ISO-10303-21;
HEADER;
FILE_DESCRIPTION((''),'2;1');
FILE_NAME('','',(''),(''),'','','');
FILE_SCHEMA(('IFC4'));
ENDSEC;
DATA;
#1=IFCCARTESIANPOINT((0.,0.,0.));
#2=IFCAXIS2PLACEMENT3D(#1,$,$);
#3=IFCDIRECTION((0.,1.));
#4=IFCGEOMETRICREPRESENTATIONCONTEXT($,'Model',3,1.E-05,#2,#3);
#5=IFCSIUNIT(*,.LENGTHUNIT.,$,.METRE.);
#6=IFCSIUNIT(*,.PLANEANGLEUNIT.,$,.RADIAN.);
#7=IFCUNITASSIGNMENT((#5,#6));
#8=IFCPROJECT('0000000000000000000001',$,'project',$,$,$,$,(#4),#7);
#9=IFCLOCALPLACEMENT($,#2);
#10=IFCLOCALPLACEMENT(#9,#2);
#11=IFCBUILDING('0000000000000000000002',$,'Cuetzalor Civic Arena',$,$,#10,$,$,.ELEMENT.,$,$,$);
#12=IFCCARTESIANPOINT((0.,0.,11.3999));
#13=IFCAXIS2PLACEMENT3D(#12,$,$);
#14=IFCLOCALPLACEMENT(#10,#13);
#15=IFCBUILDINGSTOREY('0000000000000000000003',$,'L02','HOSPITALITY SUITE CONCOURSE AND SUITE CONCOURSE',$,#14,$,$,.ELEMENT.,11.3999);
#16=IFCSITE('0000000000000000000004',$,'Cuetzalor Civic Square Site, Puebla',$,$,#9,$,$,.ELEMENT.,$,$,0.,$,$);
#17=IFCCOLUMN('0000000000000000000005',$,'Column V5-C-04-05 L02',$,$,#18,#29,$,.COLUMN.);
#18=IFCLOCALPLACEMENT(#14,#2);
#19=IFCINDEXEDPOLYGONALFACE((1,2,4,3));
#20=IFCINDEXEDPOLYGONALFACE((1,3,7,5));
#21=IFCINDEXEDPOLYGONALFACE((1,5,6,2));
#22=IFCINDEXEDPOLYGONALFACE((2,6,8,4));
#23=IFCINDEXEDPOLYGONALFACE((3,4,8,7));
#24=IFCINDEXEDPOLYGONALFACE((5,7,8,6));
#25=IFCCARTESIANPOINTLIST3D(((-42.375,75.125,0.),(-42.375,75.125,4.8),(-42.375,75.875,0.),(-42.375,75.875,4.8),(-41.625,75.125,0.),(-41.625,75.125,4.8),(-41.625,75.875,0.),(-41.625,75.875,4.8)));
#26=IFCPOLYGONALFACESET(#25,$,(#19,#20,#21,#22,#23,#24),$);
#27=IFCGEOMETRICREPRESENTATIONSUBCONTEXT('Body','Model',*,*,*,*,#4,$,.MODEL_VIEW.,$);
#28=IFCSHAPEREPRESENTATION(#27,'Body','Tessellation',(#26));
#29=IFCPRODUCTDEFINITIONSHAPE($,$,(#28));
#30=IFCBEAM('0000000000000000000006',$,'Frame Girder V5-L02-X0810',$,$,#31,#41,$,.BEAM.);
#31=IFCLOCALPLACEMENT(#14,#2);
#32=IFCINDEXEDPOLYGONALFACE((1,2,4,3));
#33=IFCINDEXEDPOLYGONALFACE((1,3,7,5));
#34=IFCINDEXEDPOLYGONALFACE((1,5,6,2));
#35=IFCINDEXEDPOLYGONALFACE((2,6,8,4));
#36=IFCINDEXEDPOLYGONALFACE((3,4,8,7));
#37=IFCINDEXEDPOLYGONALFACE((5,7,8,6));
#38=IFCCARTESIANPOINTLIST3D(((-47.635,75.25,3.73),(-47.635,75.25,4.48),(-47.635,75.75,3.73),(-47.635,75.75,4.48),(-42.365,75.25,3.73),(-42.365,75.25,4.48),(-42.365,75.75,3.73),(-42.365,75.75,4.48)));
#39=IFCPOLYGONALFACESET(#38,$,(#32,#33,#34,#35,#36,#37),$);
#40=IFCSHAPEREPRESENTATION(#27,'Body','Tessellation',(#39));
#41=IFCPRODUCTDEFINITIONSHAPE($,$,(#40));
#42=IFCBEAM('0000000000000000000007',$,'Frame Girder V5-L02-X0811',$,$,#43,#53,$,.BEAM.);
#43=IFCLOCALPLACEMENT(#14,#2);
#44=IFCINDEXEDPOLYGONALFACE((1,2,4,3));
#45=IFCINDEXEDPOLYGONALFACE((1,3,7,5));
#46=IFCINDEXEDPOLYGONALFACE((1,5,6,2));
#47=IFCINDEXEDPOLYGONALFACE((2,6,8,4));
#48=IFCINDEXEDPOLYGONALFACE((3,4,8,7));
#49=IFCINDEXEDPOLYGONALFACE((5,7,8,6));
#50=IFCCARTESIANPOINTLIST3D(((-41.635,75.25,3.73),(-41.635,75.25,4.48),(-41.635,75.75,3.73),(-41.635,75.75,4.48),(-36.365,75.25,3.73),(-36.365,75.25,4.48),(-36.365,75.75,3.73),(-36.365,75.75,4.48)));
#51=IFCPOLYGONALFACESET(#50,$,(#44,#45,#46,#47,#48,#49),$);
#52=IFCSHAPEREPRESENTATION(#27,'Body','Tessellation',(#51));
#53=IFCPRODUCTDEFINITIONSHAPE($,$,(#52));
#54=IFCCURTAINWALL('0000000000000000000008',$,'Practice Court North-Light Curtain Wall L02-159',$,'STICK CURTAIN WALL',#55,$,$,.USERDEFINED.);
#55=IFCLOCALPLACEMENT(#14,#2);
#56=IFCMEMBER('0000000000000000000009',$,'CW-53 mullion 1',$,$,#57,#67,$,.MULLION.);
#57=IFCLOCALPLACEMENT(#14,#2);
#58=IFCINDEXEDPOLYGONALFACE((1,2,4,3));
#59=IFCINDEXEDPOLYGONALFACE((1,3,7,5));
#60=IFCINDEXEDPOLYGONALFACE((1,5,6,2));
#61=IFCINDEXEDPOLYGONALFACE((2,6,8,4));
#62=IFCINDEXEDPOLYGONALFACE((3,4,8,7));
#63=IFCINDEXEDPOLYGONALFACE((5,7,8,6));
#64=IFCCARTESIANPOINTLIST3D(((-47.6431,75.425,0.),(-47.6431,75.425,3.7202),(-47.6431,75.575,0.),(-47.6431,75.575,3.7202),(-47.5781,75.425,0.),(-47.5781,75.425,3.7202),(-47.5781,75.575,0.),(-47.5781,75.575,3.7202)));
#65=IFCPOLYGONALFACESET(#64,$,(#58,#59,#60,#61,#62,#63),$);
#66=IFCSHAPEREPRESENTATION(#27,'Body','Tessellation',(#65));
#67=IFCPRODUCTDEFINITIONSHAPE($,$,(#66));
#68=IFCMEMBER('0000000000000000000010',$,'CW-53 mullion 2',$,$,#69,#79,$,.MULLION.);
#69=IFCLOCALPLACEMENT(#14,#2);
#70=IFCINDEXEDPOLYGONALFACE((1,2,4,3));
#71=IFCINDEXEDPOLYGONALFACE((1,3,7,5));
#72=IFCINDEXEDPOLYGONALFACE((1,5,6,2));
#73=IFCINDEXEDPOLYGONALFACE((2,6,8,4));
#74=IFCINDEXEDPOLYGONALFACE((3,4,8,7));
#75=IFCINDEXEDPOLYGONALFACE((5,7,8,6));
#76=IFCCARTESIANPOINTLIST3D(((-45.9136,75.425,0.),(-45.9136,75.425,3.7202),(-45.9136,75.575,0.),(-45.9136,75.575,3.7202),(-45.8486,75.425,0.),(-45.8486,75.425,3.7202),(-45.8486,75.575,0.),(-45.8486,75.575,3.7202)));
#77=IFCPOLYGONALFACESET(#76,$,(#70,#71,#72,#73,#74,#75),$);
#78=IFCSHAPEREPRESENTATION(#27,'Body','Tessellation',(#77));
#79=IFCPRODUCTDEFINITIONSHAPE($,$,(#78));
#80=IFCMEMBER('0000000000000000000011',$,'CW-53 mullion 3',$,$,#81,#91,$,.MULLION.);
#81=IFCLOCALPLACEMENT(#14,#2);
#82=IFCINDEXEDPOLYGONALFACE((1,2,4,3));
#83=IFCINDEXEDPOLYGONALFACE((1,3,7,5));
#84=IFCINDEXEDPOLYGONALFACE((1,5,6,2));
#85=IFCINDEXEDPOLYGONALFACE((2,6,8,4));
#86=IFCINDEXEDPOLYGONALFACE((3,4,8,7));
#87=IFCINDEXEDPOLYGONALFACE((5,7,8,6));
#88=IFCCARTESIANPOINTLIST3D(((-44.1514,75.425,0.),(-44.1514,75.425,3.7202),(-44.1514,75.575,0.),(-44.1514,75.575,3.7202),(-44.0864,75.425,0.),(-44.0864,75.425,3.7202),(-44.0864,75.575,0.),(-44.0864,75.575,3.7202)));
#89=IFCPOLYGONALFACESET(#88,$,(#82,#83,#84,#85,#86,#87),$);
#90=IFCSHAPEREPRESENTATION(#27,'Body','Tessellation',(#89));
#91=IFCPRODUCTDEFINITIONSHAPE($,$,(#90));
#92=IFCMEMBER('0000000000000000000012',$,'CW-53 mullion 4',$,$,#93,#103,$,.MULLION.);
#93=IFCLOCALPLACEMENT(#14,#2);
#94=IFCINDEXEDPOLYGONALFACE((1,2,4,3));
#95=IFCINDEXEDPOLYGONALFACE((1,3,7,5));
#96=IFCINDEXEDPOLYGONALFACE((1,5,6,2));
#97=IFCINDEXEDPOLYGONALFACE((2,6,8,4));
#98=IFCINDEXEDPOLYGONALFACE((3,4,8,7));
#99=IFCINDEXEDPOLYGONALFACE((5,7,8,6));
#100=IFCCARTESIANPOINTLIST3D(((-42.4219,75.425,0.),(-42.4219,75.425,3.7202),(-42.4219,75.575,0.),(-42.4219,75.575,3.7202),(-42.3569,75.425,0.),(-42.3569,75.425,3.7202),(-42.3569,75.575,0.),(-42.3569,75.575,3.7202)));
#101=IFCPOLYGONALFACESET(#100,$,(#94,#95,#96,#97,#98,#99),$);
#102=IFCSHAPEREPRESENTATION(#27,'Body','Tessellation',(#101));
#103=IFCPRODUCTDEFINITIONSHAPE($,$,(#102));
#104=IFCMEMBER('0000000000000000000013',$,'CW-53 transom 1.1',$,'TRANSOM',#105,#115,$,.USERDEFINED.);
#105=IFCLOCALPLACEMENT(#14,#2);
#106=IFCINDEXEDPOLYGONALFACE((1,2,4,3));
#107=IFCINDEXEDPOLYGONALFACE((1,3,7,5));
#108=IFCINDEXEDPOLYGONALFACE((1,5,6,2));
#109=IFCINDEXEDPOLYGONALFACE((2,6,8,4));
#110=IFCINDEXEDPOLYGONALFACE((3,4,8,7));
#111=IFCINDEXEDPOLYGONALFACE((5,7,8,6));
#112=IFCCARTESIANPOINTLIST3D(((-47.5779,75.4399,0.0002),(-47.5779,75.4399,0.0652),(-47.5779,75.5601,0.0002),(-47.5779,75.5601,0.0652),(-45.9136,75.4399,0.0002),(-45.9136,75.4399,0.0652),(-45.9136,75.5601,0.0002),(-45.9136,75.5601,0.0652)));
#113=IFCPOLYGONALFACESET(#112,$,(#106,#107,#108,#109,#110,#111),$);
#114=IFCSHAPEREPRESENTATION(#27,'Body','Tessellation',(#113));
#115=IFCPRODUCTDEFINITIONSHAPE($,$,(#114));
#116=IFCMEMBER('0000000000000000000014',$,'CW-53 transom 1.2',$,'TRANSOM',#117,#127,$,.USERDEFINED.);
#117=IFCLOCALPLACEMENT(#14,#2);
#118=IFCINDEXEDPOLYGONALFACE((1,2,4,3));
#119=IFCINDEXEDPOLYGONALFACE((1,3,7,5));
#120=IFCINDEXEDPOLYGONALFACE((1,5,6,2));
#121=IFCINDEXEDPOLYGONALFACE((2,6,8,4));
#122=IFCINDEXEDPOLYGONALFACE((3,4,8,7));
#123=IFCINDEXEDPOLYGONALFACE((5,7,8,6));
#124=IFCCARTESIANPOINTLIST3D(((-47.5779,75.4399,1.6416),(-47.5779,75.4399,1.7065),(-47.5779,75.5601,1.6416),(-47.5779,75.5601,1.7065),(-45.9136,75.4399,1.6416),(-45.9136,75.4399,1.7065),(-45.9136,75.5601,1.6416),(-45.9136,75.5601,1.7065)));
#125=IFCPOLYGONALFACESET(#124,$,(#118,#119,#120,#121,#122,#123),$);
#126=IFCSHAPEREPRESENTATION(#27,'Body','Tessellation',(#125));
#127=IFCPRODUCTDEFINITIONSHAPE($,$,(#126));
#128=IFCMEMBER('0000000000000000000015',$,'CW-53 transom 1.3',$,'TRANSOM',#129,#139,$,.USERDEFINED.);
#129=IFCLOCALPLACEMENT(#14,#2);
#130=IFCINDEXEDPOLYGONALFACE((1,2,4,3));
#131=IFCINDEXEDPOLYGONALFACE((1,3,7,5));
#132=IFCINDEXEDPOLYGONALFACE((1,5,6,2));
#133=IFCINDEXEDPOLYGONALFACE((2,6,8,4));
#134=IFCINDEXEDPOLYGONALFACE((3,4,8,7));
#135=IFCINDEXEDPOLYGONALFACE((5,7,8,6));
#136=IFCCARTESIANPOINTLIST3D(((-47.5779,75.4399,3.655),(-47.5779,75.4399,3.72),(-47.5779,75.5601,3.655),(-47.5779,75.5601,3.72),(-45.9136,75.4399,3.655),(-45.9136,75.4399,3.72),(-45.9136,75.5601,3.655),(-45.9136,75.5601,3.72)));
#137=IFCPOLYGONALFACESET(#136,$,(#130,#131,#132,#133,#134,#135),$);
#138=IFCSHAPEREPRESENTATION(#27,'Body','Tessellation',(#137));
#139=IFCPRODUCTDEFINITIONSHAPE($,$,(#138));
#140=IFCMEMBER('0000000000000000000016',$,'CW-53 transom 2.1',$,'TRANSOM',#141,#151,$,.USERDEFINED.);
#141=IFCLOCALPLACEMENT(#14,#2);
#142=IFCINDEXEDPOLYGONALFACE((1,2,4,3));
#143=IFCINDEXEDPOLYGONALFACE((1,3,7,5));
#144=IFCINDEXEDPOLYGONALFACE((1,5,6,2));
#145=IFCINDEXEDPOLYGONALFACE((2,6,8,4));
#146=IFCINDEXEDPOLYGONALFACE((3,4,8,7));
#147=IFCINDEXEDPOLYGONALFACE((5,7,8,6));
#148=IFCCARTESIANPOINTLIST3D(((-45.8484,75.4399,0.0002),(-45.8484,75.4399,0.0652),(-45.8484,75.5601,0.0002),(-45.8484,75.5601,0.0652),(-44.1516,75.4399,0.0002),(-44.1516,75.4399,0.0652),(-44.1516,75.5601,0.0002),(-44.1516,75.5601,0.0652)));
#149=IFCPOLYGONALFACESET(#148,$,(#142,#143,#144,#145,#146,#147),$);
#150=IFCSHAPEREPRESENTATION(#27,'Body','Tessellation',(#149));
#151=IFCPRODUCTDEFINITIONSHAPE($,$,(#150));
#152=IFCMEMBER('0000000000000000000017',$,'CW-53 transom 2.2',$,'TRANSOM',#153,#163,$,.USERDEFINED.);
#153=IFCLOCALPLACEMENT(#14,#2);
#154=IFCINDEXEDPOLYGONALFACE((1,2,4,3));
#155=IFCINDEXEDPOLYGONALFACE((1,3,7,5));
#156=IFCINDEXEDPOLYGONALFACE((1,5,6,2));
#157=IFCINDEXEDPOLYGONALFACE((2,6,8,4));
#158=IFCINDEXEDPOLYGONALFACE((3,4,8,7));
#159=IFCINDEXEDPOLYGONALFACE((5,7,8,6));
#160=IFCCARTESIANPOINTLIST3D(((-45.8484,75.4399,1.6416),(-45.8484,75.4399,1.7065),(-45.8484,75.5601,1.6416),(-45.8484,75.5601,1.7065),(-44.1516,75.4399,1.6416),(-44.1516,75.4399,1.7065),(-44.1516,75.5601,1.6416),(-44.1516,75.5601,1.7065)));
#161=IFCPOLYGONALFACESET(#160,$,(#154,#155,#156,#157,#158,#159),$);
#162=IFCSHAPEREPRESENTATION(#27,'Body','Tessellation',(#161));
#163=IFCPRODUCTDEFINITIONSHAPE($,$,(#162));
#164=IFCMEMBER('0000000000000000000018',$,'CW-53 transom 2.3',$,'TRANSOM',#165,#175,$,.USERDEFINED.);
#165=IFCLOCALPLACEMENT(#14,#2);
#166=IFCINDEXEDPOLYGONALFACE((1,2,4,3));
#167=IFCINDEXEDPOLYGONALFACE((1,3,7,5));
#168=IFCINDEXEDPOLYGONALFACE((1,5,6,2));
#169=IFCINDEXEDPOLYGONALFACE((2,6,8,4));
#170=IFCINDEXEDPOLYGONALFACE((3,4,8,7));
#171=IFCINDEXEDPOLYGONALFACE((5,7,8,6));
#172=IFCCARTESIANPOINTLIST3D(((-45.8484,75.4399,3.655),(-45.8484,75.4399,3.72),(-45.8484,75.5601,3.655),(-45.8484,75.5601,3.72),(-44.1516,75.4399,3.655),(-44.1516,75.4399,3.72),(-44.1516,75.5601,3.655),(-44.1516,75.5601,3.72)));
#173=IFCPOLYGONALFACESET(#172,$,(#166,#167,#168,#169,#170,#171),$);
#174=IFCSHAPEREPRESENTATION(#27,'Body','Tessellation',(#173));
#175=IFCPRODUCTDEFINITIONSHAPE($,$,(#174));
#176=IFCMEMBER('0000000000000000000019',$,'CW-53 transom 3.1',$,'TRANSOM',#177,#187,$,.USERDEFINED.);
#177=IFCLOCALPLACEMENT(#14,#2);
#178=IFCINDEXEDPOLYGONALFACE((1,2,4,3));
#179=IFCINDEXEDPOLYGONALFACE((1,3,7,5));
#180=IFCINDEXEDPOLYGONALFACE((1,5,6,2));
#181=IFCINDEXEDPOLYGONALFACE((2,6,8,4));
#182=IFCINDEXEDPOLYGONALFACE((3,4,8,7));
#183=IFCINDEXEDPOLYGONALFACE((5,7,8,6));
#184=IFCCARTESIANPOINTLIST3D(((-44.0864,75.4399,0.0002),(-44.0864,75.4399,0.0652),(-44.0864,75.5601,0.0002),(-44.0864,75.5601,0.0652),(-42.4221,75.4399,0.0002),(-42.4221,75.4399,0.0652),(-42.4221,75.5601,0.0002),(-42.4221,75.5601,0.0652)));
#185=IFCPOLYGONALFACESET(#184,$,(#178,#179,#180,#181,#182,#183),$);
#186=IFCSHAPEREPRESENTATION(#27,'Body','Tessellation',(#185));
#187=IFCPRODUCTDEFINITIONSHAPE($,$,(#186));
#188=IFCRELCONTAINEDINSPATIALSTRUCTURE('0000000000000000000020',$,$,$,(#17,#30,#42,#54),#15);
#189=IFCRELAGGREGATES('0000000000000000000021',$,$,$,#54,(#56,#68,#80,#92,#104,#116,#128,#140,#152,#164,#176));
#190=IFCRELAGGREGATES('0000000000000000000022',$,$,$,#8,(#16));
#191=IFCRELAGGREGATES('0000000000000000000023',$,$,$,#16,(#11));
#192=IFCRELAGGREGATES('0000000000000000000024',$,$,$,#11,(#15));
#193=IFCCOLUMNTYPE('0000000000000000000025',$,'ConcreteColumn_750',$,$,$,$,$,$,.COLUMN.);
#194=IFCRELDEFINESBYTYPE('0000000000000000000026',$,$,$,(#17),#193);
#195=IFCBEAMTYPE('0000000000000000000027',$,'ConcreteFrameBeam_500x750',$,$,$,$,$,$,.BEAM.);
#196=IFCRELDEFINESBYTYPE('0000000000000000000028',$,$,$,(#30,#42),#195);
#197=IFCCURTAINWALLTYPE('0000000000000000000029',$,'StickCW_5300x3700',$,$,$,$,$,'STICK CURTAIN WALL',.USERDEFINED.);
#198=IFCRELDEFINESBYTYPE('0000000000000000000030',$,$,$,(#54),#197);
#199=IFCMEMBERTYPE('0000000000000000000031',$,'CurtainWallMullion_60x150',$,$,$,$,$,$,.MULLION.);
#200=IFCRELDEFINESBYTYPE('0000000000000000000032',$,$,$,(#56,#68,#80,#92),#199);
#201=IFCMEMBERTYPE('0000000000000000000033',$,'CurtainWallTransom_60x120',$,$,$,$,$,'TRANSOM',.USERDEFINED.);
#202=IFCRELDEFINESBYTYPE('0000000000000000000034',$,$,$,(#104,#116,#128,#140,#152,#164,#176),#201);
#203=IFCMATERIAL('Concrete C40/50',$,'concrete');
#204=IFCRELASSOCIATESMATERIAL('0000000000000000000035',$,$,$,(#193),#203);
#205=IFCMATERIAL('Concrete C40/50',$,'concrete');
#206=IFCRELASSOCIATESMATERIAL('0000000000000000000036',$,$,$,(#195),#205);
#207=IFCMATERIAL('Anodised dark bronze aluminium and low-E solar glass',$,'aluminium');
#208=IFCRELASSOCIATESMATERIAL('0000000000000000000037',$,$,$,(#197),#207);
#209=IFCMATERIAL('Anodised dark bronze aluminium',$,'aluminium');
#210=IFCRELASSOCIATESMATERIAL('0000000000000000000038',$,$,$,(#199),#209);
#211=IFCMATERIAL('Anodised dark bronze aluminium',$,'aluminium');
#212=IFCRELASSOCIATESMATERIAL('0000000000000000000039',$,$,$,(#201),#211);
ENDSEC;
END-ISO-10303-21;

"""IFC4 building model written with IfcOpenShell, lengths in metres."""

from ifc_helpers import new_model, si_unit, direction, frame, origin, origin_2d, place, context, subcontext, project, spatial, rectangle, extrude, material, material_profile, profile_set, type_object, element, aggregate, save


model = new_model("IFC4")

# Units and contexts
model_context = context("Model", 3, precision=1e-05, world=origin(), true_north=direction((0.0, 1.0)))
body_context = subcontext(model_context, "Body", "Model", "MODEL_VIEW")
ifc_project = project(units=[si_unit("LENGTHUNIT", "METRE"), si_unit("PLANEANGLEUNIT", "RADIAN")], contexts=[model_context])

# Site, building, storey
site_placement = place(None, origin())
site = spatial("IfcSite", under=ifc_project, at=site_placement, Name="Cuetzalor Civic Square Site, Puebla", CompositionType="ELEMENT", RefElevation=0.0)
building_placement = place(site_placement, origin())
building = spatial("IfcBuilding", under=site, at=building_placement, Name="Cuetzalor Civic Arena", CompositionType="ELEMENT")
storey_placement = place(building_placement, frame((0.0, 0.0, 11.3999)))
storey = spatial("IfcBuildingStorey", under=building, at=storey_placement, Name="L02", Description="HOSPITALITY SUITE CONCOURSE AND SUITE CONCOURSE", CompositionType="ELEMENT", Elevation=11.3999)

# Column
ifc_material_1 = material(Name="Concrete C40/50", Category="concrete")
ifc_material_profile_1 = material_profile(ifc_material_1, rectangle(XDim=0.75, YDim=0.75, at=origin_2d()), Name="RC 750x750")
ifc_profile_set_1 = profile_set([ifc_material_profile_1], Name="Concrete C40/50")
column_type = type_object("IfcColumnType", Name="ConcreteColumn_750", PredefinedType="COLUMN", material=ifc_profile_set_1)
column_placement = place(storey_placement, frame((-42.0, 75.5, 0.0), z_axis=(0.0, 0.0, 1.0), x_axis=(1.0, 0.0, 0.0)))
element("IfcColumn", 1, at=column_placement, inside=storey, type_object=column_type, Name="Column V5-C-04-05 L02", PredefinedType="COLUMN", context=body_context, shape_type="SweptSolid", body=[
    extrude(rectangle(XDim=0.75, YDim=0.75, at=origin_2d()), origin(), (0.0, 0.0, 1.0), 4.8),
])

# Beams
ifc_material_2 = material(Name="Concrete C40/50", Category="concrete")
ifc_material_profile_2 = material_profile(ifc_material_2, rectangle(XDim=0.5, YDim=0.75, at=origin_2d()), Name="RC 500x750")
ifc_profile_set_2 = profile_set([ifc_material_profile_2], Name="Concrete C40/50")
beam_type = type_object("IfcBeamType", Name="ConcreteFrameBeam_500x750", PredefinedType="BEAM", material=ifc_profile_set_2)
for number, where, z_axis, x_axis, name in (
    (2, (-47.635, 75.5, 4.105), (1.0, 0.0, 0.0), (0.0, 1.0, 0.0), "Frame Girder V5-L02-X0810"),
    (3, (-41.635, 75.5, 4.105), (1.0, 0.0, 0.0), (0.0, 1.0, 0.0), "Frame Girder V5-L02-X0811"),
):
    element("IfcBeam", number, at=place(storey_placement, frame(where, z_axis=z_axis, x_axis=x_axis)), inside=storey, type_object=beam_type, Name=name, PredefinedType="BEAM", context=body_context, shape_type="SweptSolid", body=[
        extrude(rectangle(XDim=0.5, YDim=0.75, at=origin_2d()), origin(), (0.0, 0.0, 1.0), 5.27),
    ])

# Curtain wall, members
ifc_material_3 = material(Name="Anodised dark bronze aluminium and low-E solar glass", Category="aluminium")
curtain_wall_type = type_object("IfcCurtainWallType", Name="StickCW_5300x3700", ElementType="STICK CURTAIN WALL", PredefinedType="USERDEFINED", material=ifc_material_3)
curtain_wall_placement = place(storey_placement, origin())
curtain_wall = element("IfcCurtainWall", 4, at=curtain_wall_placement, inside=storey, type_object=curtain_wall_type, Name="Practice Court North-Light Curtain Wall L02-159", ObjectType="STICK CURTAIN WALL", PredefinedType="USERDEFINED")
ifc_material_4 = material(Name="Anodised dark bronze aluminium", Category="aluminium")
ifc_material_profile_3 = material_profile(ifc_material_4, rectangle(XDim=0.0649, YDim=0.1499, at=origin_2d()), Name="ALU MULLION 65x150")
ifc_profile_set_3 = profile_set([ifc_material_profile_3], Name="Anodised dark bronze aluminium")
member_type_1 = type_object("IfcMemberType", Name="CurtainWallMullion_60x150", PredefinedType="MULLION", material=ifc_profile_set_3)
member_1_placement = place(storey_placement, frame((-47.6106, 75.5, 0.0), z_axis=(0.0, 0.0, 1.0), x_axis=(1.0, 0.0, 0.0)))
member_1 = element("IfcMember", 5, at=member_1_placement, type_object=member_type_1, Name="CW-53 mullion 1", PredefinedType="MULLION", context=body_context, shape_type="SweptSolid", body=[
    extrude(rectangle(XDim=0.0649, YDim=0.1499, at=origin_2d()), origin(), (0.0, 0.0, 1.0), 3.7202),
])
member_2_placement = place(storey_placement, frame((-45.8811, 75.5, 0.0), z_axis=(0.0, 0.0, 1.0), x_axis=(1.0, 0.0, 0.0)))
member_2 = element("IfcMember", 6, at=member_2_placement, type_object=member_type_1, Name="CW-53 mullion 2", PredefinedType="MULLION", context=body_context, shape_type="SweptSolid", body=[
    extrude(rectangle(XDim=0.0649, YDim=0.1499, at=origin_2d()), origin(), (0.0, 0.0, 1.0), 3.7202),
])
member_3_placement = place(storey_placement, frame((-44.1189, 75.5, 0.0), z_axis=(0.0, 0.0, 1.0), x_axis=(1.0, 0.0, 0.0)))
member_3 = element("IfcMember", 7, at=member_3_placement, type_object=member_type_1, Name="CW-53 mullion 3", PredefinedType="MULLION", context=body_context, shape_type="SweptSolid", body=[
    extrude(rectangle(XDim=0.0649, YDim=0.1499, at=origin_2d()), origin(), (0.0, 0.0, 1.0), 3.7202),
])
member_4_placement = place(storey_placement, frame((-42.3894, 75.5, 0.0), z_axis=(0.0, 0.0, 1.0), x_axis=(1.0, 0.0, 0.0)))
member_4 = element("IfcMember", 8, at=member_4_placement, type_object=member_type_1, Name="CW-53 mullion 4", PredefinedType="MULLION", context=body_context, shape_type="SweptSolid", body=[
    extrude(rectangle(XDim=0.0649, YDim=0.1499, at=origin_2d()), origin(), (0.0, 0.0, 1.0), 3.7202),
])
ifc_material_5 = material(Name="Anodised dark bronze aluminium", Category="aluminium")
ifc_material_profile_4 = material_profile(ifc_material_5, rectangle(XDim=0.1201, YDim=0.0649, at=origin_2d()), Name="ALU TRANSOM 65x120")
ifc_profile_set_4 = profile_set([ifc_material_profile_4], Name="Anodised dark bronze aluminium")
member_type_2 = type_object("IfcMemberType", Name="CurtainWallTransom_60x120", ElementType="TRANSOM", PredefinedType="USERDEFINED", material=ifc_profile_set_4)
member_5_placement = place(storey_placement, frame((-47.5779, 75.5, 0.0327), z_axis=(1.0, 0.0, 0.0), x_axis=(0.0, 1.0, 0.0)))
member_5 = element("IfcMember", 9, at=member_5_placement, type_object=member_type_2, Name="CW-53 transom 1.1", ObjectType="TRANSOM", PredefinedType="USERDEFINED", context=body_context, shape_type="SweptSolid", body=[
    extrude(rectangle(XDim=0.1201, YDim=0.0649, at=origin_2d()), origin(), (0.0, 0.0, 1.0), 1.6643),
])
member_6_placement = place(storey_placement, frame((-47.5779, 75.5, 1.6741), z_axis=(1.0, 0.0, 0.0), x_axis=(0.0, 1.0, 0.0)))
member_6 = element("IfcMember", 10, at=member_6_placement, type_object=member_type_2, Name="CW-53 transom 1.2", ObjectType="TRANSOM", PredefinedType="USERDEFINED", context=body_context, shape_type="SweptSolid", body=[
    extrude(rectangle(XDim=0.1201, YDim=0.0649, at=origin_2d()), origin(), (0.0, 0.0, 1.0), 1.6643),
])
member_7_placement = place(storey_placement, frame((-47.5779, 75.5, 3.6875), z_axis=(1.0, 0.0, 0.0), x_axis=(0.0, 1.0, 0.0)))
member_7 = element("IfcMember", 11, at=member_7_placement, type_object=member_type_2, Name="CW-53 transom 1.3", ObjectType="TRANSOM", PredefinedType="USERDEFINED", context=body_context, shape_type="SweptSolid", body=[
    extrude(rectangle(XDim=0.1201, YDim=0.0649, at=origin_2d()), origin(), (0.0, 0.0, 1.0), 1.6643),
])
member_8_placement = place(storey_placement, frame((-45.8484, 75.5, 0.0327), z_axis=(1.0, 0.0, 0.0), x_axis=(0.0, 1.0, 0.0)))
member_8 = element("IfcMember", 12, at=member_8_placement, type_object=member_type_2, Name="CW-53 transom 2.1", ObjectType="TRANSOM", PredefinedType="USERDEFINED", context=body_context, shape_type="SweptSolid", body=[
    extrude(rectangle(XDim=0.1201, YDim=0.0649, at=origin_2d()), origin(), (0.0, 0.0, 1.0), 1.6968),
])
member_9_placement = place(storey_placement, frame((-45.8484, 75.5, 1.6741), z_axis=(1.0, 0.0, 0.0), x_axis=(0.0, 1.0, 0.0)))
member_9 = element("IfcMember", 13, at=member_9_placement, type_object=member_type_2, Name="CW-53 transom 2.2", ObjectType="TRANSOM", PredefinedType="USERDEFINED", context=body_context, shape_type="SweptSolid", body=[
    extrude(rectangle(XDim=0.1201, YDim=0.0649, at=origin_2d()), origin(), (0.0, 0.0, 1.0), 1.6968),
])
member_10_placement = place(storey_placement, frame((-45.8484, 75.5, 3.6875), z_axis=(1.0, 0.0, 0.0), x_axis=(0.0, 1.0, 0.0)))
member_10 = element("IfcMember", 14, at=member_10_placement, type_object=member_type_2, Name="CW-53 transom 2.3", ObjectType="TRANSOM", PredefinedType="USERDEFINED", context=body_context, shape_type="SweptSolid", body=[
    extrude(rectangle(XDim=0.1201, YDim=0.0649, at=origin_2d()), origin(), (0.0, 0.0, 1.0), 1.6968),
])
member_11_placement = place(storey_placement, frame((-44.0864, 75.5, 0.0327), z_axis=(1.0, 0.0, 0.0), x_axis=(0.0, 1.0, 0.0)))
member_11 = element("IfcMember", 15, at=member_11_placement, type_object=member_type_2, Name="CW-53 transom 3.1", ObjectType="TRANSOM", PredefinedType="USERDEFINED", context=body_context, shape_type="SweptSolid", body=[
    extrude(rectangle(XDim=0.1201, YDim=0.0649, at=origin_2d()), origin(), (0.0, 0.0, 1.0), 1.6643),
])
aggregate(curtain_wall, [member_1, member_2, member_3, member_4, member_5, member_6, member_7, member_8, member_9, member_10, member_11])

save(model, "model.ifc")
